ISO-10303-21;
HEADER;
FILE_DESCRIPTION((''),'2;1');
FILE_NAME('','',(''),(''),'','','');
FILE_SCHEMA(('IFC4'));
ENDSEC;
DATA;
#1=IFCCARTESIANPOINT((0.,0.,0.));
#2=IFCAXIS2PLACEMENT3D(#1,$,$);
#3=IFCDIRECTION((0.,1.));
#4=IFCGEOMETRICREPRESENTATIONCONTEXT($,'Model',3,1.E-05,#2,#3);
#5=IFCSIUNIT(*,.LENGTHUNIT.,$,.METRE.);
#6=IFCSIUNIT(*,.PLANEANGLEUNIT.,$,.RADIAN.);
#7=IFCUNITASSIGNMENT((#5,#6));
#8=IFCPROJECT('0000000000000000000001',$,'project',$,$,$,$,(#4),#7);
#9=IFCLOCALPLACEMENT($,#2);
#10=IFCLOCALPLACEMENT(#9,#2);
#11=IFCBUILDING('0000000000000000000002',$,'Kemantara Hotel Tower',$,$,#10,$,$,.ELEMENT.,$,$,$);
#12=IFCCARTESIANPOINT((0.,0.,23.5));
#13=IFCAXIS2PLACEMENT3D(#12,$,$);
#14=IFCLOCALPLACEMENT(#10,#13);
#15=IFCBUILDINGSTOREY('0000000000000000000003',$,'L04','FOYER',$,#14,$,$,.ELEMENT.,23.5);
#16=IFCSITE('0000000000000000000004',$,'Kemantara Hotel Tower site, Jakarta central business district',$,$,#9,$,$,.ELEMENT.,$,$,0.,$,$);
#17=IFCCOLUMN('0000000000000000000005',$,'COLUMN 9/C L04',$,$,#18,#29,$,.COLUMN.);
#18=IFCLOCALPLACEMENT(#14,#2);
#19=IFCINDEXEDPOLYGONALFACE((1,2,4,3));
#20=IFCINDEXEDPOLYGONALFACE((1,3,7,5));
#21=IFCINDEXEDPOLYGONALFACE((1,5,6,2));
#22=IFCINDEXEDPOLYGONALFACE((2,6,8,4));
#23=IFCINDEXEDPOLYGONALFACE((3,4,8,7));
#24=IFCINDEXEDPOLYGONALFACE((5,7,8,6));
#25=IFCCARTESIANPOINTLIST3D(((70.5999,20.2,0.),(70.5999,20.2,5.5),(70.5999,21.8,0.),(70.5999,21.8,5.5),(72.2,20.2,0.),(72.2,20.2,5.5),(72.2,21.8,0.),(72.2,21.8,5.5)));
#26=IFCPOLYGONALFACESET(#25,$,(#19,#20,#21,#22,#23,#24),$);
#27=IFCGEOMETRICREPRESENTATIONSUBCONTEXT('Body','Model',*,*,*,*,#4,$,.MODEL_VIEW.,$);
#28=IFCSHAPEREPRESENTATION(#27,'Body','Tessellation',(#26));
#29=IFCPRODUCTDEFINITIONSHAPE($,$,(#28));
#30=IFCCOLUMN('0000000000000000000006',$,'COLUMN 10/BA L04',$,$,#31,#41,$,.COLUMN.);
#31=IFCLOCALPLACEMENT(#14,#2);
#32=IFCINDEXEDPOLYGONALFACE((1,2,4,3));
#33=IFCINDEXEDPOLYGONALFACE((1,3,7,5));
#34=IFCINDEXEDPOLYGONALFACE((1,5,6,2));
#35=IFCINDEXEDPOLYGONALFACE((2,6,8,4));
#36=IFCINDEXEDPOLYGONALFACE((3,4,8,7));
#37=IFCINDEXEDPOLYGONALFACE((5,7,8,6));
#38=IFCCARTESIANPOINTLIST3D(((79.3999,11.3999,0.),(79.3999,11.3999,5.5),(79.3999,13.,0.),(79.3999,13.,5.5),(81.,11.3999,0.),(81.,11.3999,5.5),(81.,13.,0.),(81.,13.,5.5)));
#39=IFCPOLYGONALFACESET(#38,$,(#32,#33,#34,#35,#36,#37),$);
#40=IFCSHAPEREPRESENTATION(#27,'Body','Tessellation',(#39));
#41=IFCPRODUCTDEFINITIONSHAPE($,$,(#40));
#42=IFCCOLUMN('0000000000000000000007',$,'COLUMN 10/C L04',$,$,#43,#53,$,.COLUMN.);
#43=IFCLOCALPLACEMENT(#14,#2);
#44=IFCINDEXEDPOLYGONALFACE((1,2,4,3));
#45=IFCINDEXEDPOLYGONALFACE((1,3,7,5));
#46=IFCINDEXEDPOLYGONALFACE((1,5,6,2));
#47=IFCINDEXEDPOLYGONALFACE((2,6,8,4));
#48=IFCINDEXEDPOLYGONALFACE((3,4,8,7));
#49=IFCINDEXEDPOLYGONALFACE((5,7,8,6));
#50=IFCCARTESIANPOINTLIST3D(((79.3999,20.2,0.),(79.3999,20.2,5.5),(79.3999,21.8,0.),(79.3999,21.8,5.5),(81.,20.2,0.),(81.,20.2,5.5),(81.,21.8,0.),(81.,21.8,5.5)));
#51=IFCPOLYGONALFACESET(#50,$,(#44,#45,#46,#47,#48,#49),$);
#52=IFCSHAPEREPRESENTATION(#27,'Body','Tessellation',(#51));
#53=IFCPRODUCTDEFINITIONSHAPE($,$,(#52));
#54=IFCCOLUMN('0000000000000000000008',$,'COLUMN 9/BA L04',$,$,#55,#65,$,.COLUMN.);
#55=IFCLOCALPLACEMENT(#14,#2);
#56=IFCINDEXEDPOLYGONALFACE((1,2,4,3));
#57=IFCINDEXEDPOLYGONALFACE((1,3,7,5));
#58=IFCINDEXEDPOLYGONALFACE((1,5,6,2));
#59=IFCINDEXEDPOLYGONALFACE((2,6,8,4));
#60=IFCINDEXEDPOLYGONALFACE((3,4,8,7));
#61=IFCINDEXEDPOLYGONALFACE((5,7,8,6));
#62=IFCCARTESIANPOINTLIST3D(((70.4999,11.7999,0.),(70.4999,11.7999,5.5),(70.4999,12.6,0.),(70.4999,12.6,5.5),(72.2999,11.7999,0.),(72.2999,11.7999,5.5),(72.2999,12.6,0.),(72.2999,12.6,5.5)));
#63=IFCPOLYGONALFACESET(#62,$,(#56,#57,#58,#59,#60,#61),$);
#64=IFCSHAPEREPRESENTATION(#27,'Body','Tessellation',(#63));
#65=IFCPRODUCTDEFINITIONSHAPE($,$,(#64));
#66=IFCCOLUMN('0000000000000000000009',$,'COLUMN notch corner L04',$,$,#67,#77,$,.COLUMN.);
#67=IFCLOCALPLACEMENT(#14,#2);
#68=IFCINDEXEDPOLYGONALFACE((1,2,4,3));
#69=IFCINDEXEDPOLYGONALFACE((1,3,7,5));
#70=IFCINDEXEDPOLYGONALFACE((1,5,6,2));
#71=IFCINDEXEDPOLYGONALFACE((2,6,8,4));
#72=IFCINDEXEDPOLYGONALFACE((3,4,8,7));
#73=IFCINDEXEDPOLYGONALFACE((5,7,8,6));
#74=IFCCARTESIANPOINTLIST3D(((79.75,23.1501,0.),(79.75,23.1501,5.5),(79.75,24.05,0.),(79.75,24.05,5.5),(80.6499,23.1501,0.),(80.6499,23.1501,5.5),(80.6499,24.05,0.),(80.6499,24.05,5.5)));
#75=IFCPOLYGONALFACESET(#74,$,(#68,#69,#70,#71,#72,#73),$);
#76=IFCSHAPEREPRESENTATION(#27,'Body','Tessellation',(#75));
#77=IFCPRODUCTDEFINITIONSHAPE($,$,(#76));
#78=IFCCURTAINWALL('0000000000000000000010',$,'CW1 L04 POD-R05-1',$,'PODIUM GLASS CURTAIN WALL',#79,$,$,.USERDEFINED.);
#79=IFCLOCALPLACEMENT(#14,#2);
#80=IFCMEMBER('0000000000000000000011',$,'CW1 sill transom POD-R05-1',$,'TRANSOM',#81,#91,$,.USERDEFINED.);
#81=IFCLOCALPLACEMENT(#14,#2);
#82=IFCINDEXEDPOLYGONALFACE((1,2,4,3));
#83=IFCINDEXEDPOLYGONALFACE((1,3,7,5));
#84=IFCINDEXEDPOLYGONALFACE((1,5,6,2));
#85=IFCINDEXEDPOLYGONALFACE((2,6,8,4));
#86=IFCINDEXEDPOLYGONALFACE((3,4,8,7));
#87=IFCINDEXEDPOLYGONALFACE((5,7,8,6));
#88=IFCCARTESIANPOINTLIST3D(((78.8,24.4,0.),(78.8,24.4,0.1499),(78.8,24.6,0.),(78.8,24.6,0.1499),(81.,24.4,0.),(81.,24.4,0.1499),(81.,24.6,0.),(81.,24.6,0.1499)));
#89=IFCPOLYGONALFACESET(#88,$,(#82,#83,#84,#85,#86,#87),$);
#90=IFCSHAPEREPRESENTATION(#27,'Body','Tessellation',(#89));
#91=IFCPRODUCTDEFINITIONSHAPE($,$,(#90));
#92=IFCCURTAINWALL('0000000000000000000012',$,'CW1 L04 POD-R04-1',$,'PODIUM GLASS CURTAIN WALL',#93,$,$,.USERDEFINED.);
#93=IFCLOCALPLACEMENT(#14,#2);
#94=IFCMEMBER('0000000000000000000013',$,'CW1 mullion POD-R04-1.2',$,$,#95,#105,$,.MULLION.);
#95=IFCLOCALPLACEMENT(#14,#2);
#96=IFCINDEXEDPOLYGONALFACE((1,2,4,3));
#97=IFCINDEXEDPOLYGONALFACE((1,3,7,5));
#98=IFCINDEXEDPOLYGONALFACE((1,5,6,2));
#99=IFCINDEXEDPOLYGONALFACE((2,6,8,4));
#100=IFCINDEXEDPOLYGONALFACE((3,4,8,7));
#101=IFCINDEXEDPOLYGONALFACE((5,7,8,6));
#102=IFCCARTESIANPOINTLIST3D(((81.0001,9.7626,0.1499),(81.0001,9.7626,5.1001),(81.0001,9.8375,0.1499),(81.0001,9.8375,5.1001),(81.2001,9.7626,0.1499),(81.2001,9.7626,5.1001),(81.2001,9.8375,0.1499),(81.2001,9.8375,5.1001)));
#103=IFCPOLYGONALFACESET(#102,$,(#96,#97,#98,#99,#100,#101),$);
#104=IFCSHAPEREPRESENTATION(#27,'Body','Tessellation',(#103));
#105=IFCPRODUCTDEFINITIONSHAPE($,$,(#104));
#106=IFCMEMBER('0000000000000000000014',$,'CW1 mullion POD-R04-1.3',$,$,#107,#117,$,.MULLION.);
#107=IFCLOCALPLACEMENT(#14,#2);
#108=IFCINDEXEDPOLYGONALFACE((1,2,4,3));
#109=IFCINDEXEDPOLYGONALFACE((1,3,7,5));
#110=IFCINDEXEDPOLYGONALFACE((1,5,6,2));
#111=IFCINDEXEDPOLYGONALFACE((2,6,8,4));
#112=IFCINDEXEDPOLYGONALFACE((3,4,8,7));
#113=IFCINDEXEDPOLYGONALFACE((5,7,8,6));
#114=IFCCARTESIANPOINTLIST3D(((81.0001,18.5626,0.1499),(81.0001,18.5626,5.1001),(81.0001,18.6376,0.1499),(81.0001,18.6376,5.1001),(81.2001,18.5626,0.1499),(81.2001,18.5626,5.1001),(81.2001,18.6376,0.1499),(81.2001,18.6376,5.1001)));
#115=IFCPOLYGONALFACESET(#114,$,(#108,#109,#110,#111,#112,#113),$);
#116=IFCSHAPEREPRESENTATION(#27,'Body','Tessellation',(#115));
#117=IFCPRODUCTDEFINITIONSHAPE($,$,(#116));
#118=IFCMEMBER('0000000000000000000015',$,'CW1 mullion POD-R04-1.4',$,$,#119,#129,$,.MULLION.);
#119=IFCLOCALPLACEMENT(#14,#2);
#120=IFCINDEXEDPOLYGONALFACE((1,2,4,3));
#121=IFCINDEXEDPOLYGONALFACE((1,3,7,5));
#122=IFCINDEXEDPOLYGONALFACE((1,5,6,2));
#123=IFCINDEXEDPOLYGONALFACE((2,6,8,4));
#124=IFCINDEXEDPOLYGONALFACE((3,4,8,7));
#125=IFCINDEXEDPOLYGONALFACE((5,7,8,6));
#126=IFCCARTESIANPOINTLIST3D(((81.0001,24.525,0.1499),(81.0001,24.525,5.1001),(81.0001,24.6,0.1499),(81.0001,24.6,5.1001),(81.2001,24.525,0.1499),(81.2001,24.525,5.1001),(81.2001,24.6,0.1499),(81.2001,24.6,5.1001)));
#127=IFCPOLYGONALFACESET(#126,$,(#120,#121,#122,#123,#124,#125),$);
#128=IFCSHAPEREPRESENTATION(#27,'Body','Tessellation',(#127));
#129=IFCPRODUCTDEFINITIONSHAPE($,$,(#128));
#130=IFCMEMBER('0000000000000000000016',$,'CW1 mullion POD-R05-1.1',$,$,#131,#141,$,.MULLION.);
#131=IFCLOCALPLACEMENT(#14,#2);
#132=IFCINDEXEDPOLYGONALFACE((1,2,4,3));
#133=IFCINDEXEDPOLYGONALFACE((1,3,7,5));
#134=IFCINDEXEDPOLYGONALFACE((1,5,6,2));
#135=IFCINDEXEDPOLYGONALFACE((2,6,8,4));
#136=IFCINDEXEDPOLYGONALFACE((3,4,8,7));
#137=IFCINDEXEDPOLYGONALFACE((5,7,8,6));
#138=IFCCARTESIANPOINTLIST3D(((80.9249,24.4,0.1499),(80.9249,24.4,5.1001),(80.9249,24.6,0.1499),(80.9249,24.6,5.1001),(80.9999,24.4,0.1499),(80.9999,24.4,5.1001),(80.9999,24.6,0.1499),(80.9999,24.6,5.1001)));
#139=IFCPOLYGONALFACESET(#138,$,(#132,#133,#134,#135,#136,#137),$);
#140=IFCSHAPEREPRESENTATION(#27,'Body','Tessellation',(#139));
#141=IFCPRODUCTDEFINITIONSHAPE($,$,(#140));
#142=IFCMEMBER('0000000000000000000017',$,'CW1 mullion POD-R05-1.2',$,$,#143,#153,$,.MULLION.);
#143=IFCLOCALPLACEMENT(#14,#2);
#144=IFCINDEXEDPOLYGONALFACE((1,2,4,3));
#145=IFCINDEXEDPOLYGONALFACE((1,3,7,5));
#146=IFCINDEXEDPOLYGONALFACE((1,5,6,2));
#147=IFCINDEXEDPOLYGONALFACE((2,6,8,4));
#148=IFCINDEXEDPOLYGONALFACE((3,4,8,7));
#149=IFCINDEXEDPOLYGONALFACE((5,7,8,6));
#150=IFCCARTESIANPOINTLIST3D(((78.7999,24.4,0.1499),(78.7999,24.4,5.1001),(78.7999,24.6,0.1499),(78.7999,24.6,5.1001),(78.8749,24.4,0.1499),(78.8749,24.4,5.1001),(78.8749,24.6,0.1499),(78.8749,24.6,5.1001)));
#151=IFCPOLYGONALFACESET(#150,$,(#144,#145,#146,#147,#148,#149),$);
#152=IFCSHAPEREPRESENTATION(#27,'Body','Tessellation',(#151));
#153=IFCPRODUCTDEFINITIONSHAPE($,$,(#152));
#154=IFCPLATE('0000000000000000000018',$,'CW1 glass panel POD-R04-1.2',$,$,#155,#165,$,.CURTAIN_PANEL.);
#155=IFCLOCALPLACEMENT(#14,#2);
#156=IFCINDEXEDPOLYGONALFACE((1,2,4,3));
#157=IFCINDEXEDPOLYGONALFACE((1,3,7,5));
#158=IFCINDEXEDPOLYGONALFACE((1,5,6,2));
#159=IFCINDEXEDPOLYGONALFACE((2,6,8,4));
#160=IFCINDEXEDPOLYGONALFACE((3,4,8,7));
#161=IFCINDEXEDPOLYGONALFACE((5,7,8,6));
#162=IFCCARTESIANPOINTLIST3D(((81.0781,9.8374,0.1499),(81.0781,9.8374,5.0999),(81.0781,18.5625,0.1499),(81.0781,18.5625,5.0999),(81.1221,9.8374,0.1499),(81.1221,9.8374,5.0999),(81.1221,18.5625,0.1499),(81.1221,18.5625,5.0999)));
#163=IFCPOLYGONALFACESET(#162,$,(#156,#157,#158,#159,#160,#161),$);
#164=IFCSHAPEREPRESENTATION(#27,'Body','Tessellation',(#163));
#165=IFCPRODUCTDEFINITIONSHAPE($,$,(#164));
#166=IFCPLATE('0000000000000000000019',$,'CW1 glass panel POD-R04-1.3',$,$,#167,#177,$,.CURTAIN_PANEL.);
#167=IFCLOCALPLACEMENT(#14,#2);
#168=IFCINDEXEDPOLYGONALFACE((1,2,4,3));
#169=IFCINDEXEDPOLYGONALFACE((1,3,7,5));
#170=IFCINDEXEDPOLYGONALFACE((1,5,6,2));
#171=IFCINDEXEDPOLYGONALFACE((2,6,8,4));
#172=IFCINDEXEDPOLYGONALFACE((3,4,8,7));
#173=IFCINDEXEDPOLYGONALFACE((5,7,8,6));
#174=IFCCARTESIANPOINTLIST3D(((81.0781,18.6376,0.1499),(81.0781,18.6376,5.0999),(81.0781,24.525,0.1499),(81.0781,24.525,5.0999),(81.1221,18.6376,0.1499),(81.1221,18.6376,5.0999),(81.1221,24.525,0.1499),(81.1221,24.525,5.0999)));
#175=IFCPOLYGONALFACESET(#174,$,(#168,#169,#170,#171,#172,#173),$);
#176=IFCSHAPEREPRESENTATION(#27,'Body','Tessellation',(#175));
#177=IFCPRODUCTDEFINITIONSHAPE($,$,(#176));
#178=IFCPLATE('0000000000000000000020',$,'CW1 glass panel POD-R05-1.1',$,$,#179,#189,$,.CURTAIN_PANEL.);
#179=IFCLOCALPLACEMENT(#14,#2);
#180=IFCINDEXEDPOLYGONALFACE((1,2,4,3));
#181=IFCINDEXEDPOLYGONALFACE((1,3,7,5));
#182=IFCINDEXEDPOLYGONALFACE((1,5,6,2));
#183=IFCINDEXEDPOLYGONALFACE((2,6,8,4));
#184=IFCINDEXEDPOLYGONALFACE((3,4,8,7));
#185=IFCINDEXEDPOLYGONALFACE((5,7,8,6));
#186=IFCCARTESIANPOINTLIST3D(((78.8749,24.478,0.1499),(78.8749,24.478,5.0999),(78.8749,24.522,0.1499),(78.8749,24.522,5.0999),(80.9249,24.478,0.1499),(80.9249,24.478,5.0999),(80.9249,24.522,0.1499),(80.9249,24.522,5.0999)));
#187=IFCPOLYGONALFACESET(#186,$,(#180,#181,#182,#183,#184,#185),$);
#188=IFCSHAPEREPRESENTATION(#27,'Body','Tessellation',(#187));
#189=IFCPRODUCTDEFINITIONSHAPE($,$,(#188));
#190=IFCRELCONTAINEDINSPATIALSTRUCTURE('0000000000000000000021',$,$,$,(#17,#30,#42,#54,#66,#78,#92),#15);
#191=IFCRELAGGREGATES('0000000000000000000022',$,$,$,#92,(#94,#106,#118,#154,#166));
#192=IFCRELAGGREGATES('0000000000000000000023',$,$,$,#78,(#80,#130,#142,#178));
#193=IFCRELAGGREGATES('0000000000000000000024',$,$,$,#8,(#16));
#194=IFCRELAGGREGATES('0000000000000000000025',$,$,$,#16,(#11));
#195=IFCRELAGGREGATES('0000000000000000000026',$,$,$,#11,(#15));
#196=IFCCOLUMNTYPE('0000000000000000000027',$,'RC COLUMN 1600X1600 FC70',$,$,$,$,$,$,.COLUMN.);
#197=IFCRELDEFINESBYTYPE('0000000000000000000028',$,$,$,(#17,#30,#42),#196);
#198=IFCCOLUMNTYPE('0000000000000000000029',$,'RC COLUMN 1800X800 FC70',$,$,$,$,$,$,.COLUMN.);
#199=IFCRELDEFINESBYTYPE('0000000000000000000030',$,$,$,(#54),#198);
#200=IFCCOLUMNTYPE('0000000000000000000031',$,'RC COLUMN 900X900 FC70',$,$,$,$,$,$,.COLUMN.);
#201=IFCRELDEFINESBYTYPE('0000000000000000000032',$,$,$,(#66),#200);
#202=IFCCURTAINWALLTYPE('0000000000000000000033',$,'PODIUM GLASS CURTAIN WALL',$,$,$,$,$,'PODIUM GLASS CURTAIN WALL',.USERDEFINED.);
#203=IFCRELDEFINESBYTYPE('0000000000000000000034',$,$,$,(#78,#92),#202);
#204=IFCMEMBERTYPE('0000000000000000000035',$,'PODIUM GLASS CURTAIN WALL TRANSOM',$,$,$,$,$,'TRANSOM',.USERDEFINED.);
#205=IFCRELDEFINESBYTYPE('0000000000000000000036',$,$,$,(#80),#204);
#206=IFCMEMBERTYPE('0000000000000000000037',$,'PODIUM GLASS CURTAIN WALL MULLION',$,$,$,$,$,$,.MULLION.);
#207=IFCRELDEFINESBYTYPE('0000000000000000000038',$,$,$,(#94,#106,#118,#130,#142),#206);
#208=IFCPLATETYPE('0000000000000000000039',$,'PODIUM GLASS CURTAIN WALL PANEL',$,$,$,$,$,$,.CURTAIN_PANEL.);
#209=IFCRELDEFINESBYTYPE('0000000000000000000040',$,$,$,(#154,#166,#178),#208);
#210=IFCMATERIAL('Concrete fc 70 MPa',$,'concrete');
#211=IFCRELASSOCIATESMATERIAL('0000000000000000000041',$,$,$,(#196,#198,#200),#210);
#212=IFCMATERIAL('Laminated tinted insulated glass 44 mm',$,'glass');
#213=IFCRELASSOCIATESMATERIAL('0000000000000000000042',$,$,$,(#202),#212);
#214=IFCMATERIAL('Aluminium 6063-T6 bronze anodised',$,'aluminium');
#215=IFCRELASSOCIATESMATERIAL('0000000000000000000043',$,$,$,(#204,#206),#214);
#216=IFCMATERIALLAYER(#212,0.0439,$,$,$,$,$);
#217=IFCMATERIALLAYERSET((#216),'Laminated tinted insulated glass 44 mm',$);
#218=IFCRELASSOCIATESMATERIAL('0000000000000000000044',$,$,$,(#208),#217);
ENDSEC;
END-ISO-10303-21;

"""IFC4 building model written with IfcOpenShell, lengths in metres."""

from ifc_helpers import new_model, si_unit, direction, frame, origin, origin_2d, place, context, subcontext, project, spatial, rectangle, extrude, source, transform, mapped, material, layer, layer_set, material_profile, profile_set, type_object, element, aggregate, save


model = new_model("IFC4")

# Units and contexts
model_context = context("Model", 3, precision=1e-05, world=origin(), true_north=direction((0.0, 1.0)))
body_context = subcontext(model_context, "Body", "Model", "MODEL_VIEW")
ifc_project = project(units=[si_unit("LENGTHUNIT", "METRE"), si_unit("PLANEANGLEUNIT", "RADIAN")], contexts=[model_context])

# Site, building, storey
site_placement = place(None, origin())
site = spatial("IfcSite", under=ifc_project, at=site_placement, Name="Kemantara Hotel Tower site, Jakarta central business district", CompositionType="ELEMENT", RefElevation=0.0)
building_placement = place(site_placement, origin())
building = spatial("IfcBuilding", under=site, at=building_placement, Name="Kemantara Hotel Tower", CompositionType="ELEMENT")
storey_placement = place(building_placement, frame((0.0, 0.0, 23.5)))
storey = spatial("IfcBuildingStorey", under=building, at=storey_placement, Name="L04", Description="FOYER", CompositionType="ELEMENT", Elevation=23.5)

# Columns
ifc_material_1 = material(Name="Concrete fc 70 MPa", Category="concrete")
ifc_material_profile_1 = material_profile(ifc_material_1, rectangle(XDim=1.6001, YDim=1.6001, at=origin_2d()), Name="RC 1600X1600")
ifc_profile_set_1 = profile_set([ifc_material_profile_1], Name="Concrete fc 70 MPa")
column_type_1 = type_object("IfcColumnType", Name="RC COLUMN 1600X1600 FC70", PredefinedType="COLUMN", material=ifc_profile_set_1)
for number, where, z_axis, x_axis, name in (
    (1, (71.3999, 21.0, 0.0), (0.0, 0.0, 1.0), (1.0, 0.0, 0.0), "COLUMN 9/C L04"),
    (2, (80.2, 12.2, 0.0), (0.0, 0.0, 1.0), (1.0, 0.0, 0.0), "COLUMN 10/BA L04"),
    (3, (80.2, 21.0, 0.0), (0.0, 0.0, 1.0), (1.0, 0.0, 0.0), "COLUMN 10/C L04"),
):
    element("IfcColumn", number, at=place(storey_placement, frame(where, z_axis=z_axis, x_axis=x_axis)), inside=storey, type_object=column_type_1, Name=name, PredefinedType="COLUMN", context=body_context, shape_type="SweptSolid", body=[
        extrude(rectangle(XDim=1.6001, YDim=1.6001, at=origin_2d()), origin(), (0.0, 0.0, 1.0), 5.5),
    ])
ifc_material_profile_2 = material_profile(ifc_material_1, rectangle(XDim=1.8, YDim=0.8, at=origin_2d()), Name="RC 1800X800")
ifc_profile_set_2 = profile_set([ifc_material_profile_2], Name="Concrete fc 70 MPa")
column_type_2 = type_object("IfcColumnType", Name="RC COLUMN 1800X800 FC70", PredefinedType="COLUMN", material=ifc_profile_set_2)
column_1_placement = place(storey_placement, frame((71.3999, 12.2, 0.0), z_axis=(0.0, 0.0, 1.0), x_axis=(1.0, 0.0, 0.0)))
element("IfcColumn", 4, at=column_1_placement, inside=storey, type_object=column_type_2, Name="COLUMN 9/BA L04", PredefinedType="COLUMN", context=body_context, shape_type="SweptSolid", body=[
    extrude(rectangle(XDim=1.8, YDim=0.8, at=origin_2d()), origin(), (0.0, 0.0, 1.0), 5.5),
])
ifc_material_profile_3 = material_profile(ifc_material_1, rectangle(XDim=0.8999, YDim=0.8999, at=origin_2d()), Name="RC 900X900")
ifc_profile_set_3 = profile_set([ifc_material_profile_3], Name="Concrete fc 70 MPa")
column_type_3 = type_object("IfcColumnType", Name="RC COLUMN 900X900 FC70", PredefinedType="COLUMN", material=ifc_profile_set_3)
column_2_placement = place(storey_placement, frame((80.2, 23.6001, 0.0), z_axis=(0.0, 0.0, 1.0), x_axis=(1.0, 0.0, 0.0)))
element("IfcColumn", 5, at=column_2_placement, inside=storey, type_object=column_type_3, Name="COLUMN notch corner L04", PredefinedType="COLUMN", context=body_context, shape_type="SweptSolid", body=[
    extrude(rectangle(XDim=0.8999, YDim=0.8999, at=origin_2d()), origin(), (0.0, 0.0, 1.0), 5.5),
])

# Curtain wall, member
ifc_material_2 = material(Name="Laminated tinted insulated glass 44 mm", Category="glass")
curtain_wall_type = type_object("IfcCurtainWallType", Name="PODIUM GLASS CURTAIN WALL", ElementType="PODIUM GLASS CURTAIN WALL", PredefinedType="USERDEFINED", material=ifc_material_2)
curtain_wall_1_placement = place(storey_placement, origin())
curtain_wall_1 = element("IfcCurtainWall", 6, at=curtain_wall_1_placement, inside=storey, type_object=curtain_wall_type, Name="CW1 L04 POD-R05-1", ObjectType="PODIUM GLASS CURTAIN WALL", PredefinedType="USERDEFINED")
ifc_material_3 = material(Name="Aluminium 6063-T6 bronze anodised", Category="aluminium")
ifc_material_profile_4 = material_profile(ifc_material_3, rectangle(XDim=0.2, YDim=0.1499, at=origin_2d()), Name="PODIUM GLASS CURTAIN WALL TRANSOM")
ifc_profile_set_4 = profile_set([ifc_material_profile_4], Name="Aluminium 6063-T6 bronze anodised")
member_type_1 = type_object("IfcMemberType", Name="PODIUM GLASS CURTAIN WALL TRANSOM", ElementType="TRANSOM", PredefinedType="USERDEFINED", material=ifc_profile_set_4)
member_1_placement = place(storey_placement, frame((81.0, 24.5, 0.075), z_axis=(-1.0, 0.0, 0.0), x_axis=(0.0, -1.0, 0.0)))
member_1 = element("IfcMember", 7, at=member_1_placement, type_object=member_type_1, Name="CW1 sill transom POD-R05-1", ObjectType="TRANSOM", PredefinedType="USERDEFINED", context=body_context, shape_type="SweptSolid", body=[
    extrude(rectangle(XDim=0.2, YDim=0.1499, at=origin_2d()), origin(), (0.0, 0.0, 1.0), 2.2),
])

# Curtain wall, members
curtain_wall_2_placement = place(storey_placement, origin())
curtain_wall_2 = element("IfcCurtainWall", 8, at=curtain_wall_2_placement, inside=storey, type_object=curtain_wall_type, Name="CW1 L04 POD-R04-1", ObjectType="PODIUM GLASS CURTAIN WALL", PredefinedType="USERDEFINED")
ifc_material_profile_5 = material_profile(ifc_material_3, rectangle(XDim=0.2, YDim=0.075, at=origin_2d()), Name="PODIUM GLASS CURTAIN WALL MULLION")
ifc_profile_set_5 = profile_set([ifc_material_profile_5], Name="Aluminium 6063-T6 bronze anodised")
member_type_2 = type_object("IfcMemberType", Name="PODIUM GLASS CURTAIN WALL MULLION", PredefinedType="MULLION", material=ifc_profile_set_5)
shared_shape_1 = source(origin(), body_context, "Body", "SweptSolid", [
    extrude(rectangle(XDim=0.2, YDim=0.075, at=origin_2d()), origin(), (0.0, 0.0, 1.0), 4.9502),
])
member_2_placement = place(storey_placement, frame((81.1001, 9.8, 0.1499), z_axis=(0.0, 0.0, 1.0), x_axis=(-1.0, 0.0, 0.0)))
member_2 = element("IfcMember", 9, at=member_2_placement, type_object=member_type_2, Name="CW1 mullion POD-R04-1.2", PredefinedType="MULLION", context=body_context, shape_type="MappedRepresentation", body=[
    mapped(shared_shape_1, transform((0.0, 0.0, 0.0))),
])
member_3_placement = place(storey_placement, frame((81.1001, 18.6001, 0.1499), z_axis=(0.0, 0.0, 1.0), x_axis=(-1.0, 0.0, 0.0)))
member_3 = element("IfcMember", 10, at=member_3_placement, type_object=member_type_2, Name="CW1 mullion POD-R04-1.3", PredefinedType="MULLION", context=body_context, shape_type="MappedRepresentation", body=[
    mapped(shared_shape_1, transform((0.0, 0.0, 0.0))),
])
member_4_placement = place(storey_placement, frame((81.1001, 24.5625, 0.1499), z_axis=(0.0, 0.0, 1.0), x_axis=(-1.0, 0.0, 0.0)))
member_4 = element("IfcMember", 11, at=member_4_placement, type_object=member_type_2, Name="CW1 mullion POD-R04-1.4", PredefinedType="MULLION", context=body_context, shape_type="MappedRepresentation", body=[
    mapped(shared_shape_1, transform((0.0, 0.0, 0.0))),
])

# Members
member_5_placement = place(storey_placement, frame((80.9624, 24.5, 0.1499), z_axis=(0.0, 0.0, 1.0), x_axis=(0.0, -1.0, 0.0)))
member_5 = element("IfcMember", 12, at=member_5_placement, type_object=member_type_2, Name="CW1 mullion POD-R05-1.1", PredefinedType="MULLION", context=body_context, shape_type="MappedRepresentation", body=[
    mapped(shared_shape_1, transform((0.0, 0.0, 0.0))),
])
member_6_placement = place(storey_placement, frame((78.8374, 24.5, 0.1499), z_axis=(0.0, 0.0, 1.0), x_axis=(0.0, -1.0, 0.0)))
member_6 = element("IfcMember", 13, at=member_6_placement, type_object=member_type_2, Name="CW1 mullion POD-R05-1.2", PredefinedType="MULLION", context=body_context, shape_type="MappedRepresentation", body=[
    mapped(shared_shape_1, transform((0.0, 0.0, 0.0))),
])

# Plates
ifc_layer_1 = layer(ifc_material_2, 0.0439)
ifc_layer_set_1 = layer_set([ifc_layer_1], Name="Laminated tinted insulated glass 44 mm")
plate_type = type_object("IfcPlateType", Name="PODIUM GLASS CURTAIN WALL PANEL", PredefinedType="CURTAIN_PANEL", material=ifc_layer_set_1)
shared_shape_2 = source(origin(), body_context, "Body", "SweptSolid", [
    extrude(rectangle(XDim=8.7251, YDim=0.0439, at=origin_2d()), origin(), (0.0, 0.0, 1.0), 4.95),
])
plate_1_placement = place(storey_placement, frame((81.1001, 14.2, 0.1499), z_axis=(0.0, 0.0, 1.0), x_axis=(0.0, 1.0, 0.0)))
plate_1 = element("IfcPlate", 14, at=plate_1_placement, type_object=plate_type, Name="CW1 glass panel POD-R04-1.2", PredefinedType="CURTAIN_PANEL", context=body_context, shape_type="MappedRepresentation", body=[
    mapped(shared_shape_2, transform((0.0, 0.0, 0.0))),
])
shared_shape_3 = source(origin(), body_context, "Body", "SweptSolid", [
    extrude(rectangle(XDim=5.8875, YDim=0.0439, at=origin_2d()), origin(), (0.0, 0.0, 1.0), 4.95),
])
plate_2_placement = place(storey_placement, frame((81.1001, 21.5813, 0.1499), z_axis=(0.0, 0.0, 1.0), x_axis=(0.0, 1.0, 0.0)))
plate_2 = element("IfcPlate", 15, at=plate_2_placement, type_object=plate_type, Name="CW1 glass panel POD-R04-1.3", PredefinedType="CURTAIN_PANEL", context=body_context, shape_type="MappedRepresentation", body=[
    mapped(shared_shape_3, transform((0.0, 0.0, 0.0))),
])
aggregate(curtain_wall_2, [member_2, member_3, member_4, plate_1, plate_2])
shared_shape_4 = source(origin(), body_context, "Body", "SweptSolid", [
    extrude(rectangle(XDim=2.05, YDim=0.0439, at=origin_2d()), origin(), (0.0, 0.0, 1.0), 4.95),
])
plate_3_placement = place(storey_placement, frame((79.8999, 24.5, 0.1499), z_axis=(0.0, 0.0, 1.0), x_axis=(-1.0, 0.0, 0.0)))
plate_3 = element("IfcPlate", 16, at=plate_3_placement, type_object=plate_type, Name="CW1 glass panel POD-R05-1.1", PredefinedType="CURTAIN_PANEL", context=body_context, shape_type="MappedRepresentation", body=[
    mapped(shared_shape_4, transform((0.0, 0.0, 0.0))),
])
aggregate(curtain_wall_1, [member_1, member_5, member_6, plate_3])

save(model, "model.ifc")
